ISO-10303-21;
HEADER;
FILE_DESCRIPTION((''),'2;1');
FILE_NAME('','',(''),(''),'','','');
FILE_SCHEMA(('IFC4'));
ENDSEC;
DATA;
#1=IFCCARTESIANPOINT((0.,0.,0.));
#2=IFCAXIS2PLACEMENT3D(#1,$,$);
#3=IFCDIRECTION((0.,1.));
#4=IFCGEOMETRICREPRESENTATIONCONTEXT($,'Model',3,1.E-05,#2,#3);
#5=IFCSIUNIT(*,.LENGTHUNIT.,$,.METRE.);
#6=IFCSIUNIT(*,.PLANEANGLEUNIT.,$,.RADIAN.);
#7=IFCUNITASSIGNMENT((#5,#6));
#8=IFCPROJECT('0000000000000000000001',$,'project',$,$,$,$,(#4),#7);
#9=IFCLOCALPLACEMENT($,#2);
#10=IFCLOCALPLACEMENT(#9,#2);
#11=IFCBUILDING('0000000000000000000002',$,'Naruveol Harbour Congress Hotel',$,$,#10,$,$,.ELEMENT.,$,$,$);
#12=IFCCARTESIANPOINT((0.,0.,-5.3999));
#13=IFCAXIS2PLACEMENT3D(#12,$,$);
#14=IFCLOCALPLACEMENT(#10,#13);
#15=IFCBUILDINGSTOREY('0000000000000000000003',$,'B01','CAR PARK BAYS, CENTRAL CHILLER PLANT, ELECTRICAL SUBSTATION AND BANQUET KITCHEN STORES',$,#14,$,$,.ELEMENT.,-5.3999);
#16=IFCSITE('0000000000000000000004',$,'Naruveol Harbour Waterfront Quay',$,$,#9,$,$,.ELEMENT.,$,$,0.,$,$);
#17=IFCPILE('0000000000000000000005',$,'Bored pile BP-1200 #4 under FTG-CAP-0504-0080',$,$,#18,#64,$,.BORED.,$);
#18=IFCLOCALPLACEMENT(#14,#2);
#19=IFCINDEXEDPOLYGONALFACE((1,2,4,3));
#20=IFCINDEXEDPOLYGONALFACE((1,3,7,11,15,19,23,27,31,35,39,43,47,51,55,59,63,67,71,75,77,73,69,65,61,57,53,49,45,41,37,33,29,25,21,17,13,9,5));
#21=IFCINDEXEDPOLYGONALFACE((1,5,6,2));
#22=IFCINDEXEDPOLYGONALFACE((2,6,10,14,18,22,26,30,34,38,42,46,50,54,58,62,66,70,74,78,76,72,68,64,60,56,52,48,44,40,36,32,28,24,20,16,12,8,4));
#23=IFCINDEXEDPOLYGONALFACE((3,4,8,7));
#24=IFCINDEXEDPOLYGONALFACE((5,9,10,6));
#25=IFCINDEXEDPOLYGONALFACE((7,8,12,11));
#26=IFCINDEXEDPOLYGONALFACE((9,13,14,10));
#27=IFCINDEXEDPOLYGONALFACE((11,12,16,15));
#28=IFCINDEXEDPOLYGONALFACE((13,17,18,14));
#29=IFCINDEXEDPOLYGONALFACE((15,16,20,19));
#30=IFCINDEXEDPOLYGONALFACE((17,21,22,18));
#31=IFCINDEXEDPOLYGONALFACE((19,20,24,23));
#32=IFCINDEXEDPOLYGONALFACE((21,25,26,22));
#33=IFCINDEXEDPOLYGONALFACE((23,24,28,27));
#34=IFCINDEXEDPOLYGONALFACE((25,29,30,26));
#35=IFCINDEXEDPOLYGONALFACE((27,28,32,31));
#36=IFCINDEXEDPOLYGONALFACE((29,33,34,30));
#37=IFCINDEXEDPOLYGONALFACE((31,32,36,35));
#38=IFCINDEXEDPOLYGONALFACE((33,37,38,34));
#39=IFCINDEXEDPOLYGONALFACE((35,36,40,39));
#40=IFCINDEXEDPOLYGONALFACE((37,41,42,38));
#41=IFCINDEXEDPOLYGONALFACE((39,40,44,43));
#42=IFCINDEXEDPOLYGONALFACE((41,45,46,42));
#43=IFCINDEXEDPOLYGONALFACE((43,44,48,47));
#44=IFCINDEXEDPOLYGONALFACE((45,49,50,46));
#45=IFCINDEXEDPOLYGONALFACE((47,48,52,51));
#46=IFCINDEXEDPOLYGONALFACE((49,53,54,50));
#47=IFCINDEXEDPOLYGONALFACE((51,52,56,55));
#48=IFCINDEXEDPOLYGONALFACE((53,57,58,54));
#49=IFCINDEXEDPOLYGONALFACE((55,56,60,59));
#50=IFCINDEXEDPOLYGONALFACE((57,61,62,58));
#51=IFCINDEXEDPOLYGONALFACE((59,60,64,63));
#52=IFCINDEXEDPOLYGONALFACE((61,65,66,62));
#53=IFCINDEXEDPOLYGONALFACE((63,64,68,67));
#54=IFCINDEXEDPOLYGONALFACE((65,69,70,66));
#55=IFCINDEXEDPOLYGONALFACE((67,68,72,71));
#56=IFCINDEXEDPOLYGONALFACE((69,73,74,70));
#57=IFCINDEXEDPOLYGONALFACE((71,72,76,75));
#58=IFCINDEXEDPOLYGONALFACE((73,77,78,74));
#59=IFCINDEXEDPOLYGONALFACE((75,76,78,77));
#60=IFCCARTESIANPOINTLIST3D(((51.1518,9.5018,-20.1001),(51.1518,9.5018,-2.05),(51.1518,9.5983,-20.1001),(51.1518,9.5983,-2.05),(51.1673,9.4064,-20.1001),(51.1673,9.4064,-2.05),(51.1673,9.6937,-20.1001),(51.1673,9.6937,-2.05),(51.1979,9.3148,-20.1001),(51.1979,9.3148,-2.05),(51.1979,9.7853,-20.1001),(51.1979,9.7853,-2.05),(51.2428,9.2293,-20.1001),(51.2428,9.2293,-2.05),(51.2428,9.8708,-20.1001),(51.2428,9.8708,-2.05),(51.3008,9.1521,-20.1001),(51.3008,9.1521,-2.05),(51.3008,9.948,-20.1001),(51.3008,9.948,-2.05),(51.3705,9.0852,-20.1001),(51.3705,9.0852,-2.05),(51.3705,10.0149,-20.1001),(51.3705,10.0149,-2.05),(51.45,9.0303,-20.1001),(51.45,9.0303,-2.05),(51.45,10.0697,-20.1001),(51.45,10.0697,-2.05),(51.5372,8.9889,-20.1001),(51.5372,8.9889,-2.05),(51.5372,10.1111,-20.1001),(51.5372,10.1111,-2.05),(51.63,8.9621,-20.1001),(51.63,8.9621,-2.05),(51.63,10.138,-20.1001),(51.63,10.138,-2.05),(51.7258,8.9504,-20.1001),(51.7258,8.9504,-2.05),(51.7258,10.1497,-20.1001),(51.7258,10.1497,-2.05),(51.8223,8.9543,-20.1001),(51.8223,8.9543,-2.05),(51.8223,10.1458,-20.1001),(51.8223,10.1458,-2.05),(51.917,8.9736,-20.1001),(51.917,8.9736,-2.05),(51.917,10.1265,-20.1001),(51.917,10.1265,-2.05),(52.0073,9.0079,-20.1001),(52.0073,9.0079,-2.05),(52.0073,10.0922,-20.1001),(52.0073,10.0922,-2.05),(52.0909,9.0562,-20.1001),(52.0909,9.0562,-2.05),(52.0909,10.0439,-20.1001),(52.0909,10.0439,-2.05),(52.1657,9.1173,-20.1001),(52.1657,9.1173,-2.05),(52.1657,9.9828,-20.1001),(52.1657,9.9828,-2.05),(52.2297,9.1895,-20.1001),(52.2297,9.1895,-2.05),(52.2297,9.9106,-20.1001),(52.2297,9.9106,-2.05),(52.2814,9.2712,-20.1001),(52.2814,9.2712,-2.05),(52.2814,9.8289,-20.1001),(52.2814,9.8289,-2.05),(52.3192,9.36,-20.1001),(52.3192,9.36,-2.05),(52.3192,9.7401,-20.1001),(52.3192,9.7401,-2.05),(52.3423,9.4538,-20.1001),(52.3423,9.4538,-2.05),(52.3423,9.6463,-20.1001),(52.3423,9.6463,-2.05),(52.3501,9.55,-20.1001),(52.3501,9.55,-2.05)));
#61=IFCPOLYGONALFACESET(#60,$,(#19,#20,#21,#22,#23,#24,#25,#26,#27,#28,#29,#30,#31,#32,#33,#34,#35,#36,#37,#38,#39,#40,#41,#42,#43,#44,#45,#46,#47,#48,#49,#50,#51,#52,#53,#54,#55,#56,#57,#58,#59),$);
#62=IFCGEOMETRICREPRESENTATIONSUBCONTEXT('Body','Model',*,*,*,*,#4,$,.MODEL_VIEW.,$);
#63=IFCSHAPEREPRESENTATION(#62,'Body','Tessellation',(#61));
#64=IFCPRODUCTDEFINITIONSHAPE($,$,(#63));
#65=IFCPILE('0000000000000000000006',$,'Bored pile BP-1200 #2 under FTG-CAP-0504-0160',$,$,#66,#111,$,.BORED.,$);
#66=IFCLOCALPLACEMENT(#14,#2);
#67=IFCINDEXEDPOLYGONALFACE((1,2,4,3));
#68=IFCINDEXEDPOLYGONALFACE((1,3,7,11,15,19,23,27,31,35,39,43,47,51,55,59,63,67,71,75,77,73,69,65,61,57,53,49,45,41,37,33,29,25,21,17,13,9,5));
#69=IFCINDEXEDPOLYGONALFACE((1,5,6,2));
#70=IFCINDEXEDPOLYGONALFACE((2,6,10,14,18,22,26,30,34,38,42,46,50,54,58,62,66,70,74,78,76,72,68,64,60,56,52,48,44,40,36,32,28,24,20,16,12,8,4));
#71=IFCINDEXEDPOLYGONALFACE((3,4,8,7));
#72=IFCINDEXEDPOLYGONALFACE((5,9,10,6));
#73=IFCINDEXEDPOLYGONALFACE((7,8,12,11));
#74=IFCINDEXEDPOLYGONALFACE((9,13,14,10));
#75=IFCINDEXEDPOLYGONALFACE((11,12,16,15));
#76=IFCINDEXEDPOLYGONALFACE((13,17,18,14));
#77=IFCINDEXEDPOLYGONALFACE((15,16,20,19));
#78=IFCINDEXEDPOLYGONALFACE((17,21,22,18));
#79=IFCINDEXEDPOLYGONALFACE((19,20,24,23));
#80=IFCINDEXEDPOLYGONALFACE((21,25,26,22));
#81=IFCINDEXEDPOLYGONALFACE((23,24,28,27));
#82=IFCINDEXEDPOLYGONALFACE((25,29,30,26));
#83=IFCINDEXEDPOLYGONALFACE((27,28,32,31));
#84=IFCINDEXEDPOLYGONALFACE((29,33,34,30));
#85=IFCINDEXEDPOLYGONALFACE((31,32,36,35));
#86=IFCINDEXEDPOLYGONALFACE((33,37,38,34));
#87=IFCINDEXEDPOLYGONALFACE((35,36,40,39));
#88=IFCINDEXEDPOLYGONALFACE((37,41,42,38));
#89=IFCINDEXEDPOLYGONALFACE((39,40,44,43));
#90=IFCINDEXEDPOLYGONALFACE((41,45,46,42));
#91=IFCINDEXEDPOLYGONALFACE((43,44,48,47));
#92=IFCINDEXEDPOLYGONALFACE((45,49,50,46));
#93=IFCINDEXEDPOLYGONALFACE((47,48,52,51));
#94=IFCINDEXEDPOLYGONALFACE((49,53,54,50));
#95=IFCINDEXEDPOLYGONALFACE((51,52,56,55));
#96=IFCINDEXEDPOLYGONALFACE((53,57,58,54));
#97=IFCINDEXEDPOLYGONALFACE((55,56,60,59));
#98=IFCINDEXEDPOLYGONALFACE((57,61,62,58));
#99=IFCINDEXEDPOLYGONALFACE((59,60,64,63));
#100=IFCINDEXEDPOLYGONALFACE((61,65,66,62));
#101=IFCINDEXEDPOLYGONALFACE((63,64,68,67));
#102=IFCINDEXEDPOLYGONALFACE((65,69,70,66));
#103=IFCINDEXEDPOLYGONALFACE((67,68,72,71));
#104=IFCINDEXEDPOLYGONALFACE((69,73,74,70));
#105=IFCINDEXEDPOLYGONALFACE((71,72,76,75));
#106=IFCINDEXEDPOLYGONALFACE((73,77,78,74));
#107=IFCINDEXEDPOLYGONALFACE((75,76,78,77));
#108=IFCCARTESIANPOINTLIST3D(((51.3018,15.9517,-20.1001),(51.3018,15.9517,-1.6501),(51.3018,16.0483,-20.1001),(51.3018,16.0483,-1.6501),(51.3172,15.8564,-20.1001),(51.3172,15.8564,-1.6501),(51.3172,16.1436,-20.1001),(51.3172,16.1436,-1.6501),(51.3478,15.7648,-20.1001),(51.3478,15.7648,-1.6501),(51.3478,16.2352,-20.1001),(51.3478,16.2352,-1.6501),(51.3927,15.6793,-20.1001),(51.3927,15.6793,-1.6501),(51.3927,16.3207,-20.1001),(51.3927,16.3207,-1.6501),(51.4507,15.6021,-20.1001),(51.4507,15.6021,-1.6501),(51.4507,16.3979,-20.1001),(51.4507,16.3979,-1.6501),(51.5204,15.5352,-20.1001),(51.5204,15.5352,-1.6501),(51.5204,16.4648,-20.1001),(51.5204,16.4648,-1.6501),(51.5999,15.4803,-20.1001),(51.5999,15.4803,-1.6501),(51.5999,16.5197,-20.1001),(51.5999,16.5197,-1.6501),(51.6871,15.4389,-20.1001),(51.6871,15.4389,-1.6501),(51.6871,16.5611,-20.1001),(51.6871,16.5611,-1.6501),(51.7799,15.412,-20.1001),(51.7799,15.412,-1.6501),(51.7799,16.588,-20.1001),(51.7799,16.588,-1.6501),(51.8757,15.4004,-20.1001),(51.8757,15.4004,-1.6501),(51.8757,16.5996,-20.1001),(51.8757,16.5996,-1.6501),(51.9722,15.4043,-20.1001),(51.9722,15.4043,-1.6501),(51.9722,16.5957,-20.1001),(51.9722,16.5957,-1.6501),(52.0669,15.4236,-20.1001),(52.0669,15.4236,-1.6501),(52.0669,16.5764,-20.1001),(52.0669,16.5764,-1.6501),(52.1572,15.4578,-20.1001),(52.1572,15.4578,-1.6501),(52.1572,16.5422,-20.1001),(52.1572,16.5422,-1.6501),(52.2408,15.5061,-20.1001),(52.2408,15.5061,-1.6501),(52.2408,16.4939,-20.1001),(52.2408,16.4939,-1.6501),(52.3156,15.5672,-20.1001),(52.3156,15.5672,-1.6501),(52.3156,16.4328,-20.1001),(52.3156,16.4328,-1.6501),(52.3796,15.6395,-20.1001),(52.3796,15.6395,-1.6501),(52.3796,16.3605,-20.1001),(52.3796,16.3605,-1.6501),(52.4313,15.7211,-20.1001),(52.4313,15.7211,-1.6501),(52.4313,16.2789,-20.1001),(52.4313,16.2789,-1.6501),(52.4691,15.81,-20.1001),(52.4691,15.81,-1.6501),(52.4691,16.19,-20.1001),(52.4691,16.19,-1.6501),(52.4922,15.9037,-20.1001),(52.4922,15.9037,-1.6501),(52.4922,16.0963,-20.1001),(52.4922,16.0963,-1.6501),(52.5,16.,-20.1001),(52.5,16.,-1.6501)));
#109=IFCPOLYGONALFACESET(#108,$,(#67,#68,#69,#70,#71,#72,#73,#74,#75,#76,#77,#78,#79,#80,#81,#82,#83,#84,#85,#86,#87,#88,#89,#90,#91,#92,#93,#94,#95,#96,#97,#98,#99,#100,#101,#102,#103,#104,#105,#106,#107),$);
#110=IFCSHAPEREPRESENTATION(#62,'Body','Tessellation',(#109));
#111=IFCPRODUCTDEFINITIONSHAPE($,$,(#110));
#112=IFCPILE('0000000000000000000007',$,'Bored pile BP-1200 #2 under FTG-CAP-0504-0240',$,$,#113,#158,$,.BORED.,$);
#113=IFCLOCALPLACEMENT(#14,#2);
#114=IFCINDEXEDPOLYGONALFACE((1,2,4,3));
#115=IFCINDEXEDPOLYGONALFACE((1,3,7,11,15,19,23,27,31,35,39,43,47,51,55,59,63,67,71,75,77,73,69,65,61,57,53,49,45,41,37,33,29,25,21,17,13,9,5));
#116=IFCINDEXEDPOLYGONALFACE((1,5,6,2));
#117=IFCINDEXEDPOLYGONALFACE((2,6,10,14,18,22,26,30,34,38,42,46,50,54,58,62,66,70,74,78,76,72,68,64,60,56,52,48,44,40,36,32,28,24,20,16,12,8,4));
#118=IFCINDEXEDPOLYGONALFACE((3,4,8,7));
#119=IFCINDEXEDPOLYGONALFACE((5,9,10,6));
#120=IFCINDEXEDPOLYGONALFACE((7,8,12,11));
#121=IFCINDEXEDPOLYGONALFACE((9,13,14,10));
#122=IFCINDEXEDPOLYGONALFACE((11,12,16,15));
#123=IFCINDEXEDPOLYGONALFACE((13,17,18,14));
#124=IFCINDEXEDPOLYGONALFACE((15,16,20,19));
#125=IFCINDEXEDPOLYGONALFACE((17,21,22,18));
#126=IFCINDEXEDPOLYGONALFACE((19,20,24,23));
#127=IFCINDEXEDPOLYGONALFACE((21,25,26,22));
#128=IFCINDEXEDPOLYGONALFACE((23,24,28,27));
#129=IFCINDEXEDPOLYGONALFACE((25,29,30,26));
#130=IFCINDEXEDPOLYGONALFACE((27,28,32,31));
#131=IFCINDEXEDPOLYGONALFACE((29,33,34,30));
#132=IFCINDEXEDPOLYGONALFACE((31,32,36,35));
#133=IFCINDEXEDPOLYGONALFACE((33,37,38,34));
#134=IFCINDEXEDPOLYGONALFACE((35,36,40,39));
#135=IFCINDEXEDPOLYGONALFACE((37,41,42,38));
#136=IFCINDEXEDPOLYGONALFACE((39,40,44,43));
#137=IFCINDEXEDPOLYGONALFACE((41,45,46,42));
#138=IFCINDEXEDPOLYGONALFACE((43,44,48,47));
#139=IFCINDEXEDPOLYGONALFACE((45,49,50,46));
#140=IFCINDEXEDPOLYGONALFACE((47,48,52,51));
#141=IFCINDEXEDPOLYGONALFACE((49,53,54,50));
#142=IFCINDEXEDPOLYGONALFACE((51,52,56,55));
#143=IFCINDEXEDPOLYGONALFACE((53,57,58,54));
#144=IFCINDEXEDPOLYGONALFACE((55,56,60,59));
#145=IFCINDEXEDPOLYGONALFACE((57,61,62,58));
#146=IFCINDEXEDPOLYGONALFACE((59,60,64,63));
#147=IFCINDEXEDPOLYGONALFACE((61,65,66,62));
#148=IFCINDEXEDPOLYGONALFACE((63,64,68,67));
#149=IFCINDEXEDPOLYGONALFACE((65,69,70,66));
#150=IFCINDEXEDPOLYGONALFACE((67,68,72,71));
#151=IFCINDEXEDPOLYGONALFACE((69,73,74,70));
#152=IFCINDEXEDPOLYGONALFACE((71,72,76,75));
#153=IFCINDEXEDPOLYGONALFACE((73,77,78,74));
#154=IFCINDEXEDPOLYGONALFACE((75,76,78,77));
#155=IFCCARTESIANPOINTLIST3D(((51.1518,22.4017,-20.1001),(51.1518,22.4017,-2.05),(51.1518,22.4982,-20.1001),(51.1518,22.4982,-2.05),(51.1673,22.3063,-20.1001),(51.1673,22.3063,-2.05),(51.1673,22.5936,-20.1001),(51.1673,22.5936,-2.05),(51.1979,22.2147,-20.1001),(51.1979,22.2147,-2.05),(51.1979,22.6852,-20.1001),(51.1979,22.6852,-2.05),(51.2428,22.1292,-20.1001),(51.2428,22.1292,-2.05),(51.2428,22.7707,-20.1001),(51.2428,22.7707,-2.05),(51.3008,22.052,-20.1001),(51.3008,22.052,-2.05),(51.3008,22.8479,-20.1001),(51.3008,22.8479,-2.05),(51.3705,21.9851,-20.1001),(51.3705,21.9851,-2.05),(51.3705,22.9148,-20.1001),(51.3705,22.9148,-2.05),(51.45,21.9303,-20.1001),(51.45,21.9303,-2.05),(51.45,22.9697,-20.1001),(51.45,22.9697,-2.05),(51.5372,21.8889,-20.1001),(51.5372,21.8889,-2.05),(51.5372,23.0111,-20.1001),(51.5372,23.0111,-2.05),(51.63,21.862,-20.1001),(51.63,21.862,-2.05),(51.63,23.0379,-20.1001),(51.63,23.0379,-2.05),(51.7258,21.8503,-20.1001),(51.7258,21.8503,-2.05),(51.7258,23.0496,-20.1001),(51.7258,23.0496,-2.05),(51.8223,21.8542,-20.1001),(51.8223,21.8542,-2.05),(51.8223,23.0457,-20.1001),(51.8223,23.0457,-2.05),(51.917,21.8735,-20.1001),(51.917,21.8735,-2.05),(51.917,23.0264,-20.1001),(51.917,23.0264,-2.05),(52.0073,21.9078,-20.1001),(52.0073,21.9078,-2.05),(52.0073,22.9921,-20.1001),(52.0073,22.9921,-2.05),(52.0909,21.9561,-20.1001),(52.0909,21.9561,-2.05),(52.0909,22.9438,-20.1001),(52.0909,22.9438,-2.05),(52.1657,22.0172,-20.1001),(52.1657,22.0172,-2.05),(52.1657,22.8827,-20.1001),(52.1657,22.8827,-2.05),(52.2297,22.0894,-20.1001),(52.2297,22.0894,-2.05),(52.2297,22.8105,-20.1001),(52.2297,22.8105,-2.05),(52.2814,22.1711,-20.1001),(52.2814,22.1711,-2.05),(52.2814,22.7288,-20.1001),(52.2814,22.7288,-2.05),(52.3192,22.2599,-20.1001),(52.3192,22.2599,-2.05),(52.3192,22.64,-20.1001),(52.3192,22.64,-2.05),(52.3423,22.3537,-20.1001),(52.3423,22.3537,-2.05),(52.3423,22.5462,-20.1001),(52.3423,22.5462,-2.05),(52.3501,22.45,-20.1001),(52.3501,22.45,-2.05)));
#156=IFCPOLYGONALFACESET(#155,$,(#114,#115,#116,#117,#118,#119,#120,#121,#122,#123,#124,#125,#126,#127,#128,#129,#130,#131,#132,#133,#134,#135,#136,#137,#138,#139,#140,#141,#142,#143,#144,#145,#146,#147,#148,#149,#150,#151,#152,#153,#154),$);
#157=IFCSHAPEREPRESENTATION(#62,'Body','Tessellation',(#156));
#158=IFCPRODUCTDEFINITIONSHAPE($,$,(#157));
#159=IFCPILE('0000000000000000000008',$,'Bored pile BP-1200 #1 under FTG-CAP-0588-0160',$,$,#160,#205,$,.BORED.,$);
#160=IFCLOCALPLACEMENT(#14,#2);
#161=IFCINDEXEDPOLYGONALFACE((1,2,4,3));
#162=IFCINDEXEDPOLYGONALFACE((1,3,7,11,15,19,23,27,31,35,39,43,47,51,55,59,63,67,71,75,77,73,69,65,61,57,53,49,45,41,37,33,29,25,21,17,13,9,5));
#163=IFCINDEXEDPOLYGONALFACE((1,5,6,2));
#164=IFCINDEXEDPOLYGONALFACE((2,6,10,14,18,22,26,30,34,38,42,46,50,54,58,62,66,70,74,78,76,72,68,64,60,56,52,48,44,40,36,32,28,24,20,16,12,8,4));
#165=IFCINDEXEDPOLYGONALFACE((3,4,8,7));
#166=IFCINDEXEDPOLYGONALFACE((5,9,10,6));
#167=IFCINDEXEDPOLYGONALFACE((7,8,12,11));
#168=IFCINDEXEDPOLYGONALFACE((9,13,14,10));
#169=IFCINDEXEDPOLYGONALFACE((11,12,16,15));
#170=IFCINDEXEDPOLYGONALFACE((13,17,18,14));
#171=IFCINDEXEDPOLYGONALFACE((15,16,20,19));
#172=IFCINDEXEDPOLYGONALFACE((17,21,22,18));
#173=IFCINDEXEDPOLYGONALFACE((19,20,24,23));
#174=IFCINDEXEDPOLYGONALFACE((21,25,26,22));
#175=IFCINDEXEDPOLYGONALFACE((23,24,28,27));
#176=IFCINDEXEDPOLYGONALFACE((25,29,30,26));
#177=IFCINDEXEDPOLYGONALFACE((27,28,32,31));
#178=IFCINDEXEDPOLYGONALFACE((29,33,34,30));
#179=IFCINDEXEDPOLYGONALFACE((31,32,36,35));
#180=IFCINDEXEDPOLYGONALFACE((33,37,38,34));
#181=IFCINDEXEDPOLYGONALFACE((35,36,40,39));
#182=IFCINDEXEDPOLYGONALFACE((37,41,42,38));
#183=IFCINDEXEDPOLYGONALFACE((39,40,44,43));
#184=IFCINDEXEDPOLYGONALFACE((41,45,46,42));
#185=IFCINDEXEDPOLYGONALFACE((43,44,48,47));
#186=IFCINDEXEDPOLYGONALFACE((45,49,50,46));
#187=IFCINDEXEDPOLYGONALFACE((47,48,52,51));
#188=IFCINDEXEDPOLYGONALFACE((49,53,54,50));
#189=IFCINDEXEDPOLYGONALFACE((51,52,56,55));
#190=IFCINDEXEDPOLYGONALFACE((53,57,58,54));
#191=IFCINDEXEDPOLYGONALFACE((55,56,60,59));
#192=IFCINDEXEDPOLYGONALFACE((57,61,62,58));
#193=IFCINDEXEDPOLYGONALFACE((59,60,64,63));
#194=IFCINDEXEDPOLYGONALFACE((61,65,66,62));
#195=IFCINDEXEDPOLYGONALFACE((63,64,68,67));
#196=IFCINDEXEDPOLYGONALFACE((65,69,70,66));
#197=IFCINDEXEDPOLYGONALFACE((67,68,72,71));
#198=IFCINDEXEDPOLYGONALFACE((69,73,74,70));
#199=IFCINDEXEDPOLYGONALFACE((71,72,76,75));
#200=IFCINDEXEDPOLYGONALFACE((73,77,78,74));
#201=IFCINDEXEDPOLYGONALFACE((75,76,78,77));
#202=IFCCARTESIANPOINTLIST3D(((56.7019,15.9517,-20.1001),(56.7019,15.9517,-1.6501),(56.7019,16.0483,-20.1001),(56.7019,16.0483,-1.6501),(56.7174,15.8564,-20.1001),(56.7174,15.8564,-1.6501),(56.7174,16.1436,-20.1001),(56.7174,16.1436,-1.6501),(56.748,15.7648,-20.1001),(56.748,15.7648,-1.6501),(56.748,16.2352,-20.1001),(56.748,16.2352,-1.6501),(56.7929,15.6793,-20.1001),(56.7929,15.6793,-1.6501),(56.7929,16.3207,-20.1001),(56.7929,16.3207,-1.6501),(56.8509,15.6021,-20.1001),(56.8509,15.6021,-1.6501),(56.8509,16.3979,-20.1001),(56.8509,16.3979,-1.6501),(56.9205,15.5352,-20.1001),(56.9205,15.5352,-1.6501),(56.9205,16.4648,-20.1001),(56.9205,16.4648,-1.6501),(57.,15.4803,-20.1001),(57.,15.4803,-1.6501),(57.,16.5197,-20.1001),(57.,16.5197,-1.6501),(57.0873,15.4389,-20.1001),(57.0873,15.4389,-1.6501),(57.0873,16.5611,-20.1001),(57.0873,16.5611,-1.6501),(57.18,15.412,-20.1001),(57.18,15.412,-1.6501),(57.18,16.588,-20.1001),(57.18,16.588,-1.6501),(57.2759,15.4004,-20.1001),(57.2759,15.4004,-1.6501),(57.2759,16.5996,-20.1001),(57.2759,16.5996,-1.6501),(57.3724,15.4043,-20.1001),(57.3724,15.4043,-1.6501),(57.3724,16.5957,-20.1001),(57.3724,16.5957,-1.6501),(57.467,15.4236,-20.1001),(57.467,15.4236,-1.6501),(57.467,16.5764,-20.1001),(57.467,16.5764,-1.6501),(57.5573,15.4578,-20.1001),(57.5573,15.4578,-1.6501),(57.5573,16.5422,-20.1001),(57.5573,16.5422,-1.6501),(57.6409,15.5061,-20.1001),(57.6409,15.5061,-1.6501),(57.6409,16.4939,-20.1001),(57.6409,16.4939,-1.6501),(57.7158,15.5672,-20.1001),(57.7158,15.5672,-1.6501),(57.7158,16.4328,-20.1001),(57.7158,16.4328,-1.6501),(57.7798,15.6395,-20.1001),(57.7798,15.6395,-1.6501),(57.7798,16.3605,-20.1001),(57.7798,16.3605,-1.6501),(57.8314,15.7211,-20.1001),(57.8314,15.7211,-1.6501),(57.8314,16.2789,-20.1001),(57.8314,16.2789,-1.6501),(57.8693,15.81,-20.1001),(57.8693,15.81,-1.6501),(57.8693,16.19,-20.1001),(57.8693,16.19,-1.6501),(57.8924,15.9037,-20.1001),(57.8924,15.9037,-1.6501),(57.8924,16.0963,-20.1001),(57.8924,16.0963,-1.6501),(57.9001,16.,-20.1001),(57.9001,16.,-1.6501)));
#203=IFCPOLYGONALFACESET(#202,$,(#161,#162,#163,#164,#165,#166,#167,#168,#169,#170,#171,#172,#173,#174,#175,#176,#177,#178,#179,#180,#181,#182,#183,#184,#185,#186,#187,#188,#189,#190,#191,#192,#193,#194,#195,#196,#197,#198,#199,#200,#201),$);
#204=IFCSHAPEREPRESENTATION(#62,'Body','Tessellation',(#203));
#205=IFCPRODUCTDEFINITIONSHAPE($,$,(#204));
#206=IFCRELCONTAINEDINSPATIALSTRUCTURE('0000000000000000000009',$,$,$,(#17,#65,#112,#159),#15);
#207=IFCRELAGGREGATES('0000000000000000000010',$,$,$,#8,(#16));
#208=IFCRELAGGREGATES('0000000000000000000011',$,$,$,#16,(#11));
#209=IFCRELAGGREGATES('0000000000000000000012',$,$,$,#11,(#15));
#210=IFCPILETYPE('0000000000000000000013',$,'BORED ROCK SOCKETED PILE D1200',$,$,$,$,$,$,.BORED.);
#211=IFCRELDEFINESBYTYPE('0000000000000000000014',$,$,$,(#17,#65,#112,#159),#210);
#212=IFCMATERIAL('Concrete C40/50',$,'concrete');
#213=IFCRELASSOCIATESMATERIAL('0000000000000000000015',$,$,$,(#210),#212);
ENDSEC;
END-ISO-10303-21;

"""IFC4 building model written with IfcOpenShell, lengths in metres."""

from ifc_helpers import new_model, si_unit, direction, frame, origin, origin_2d, place, context, subcontext, project, spatial, circle, extrude, material, material_profile, profile_set, type_object, element, save


model = new_model("IFC4")

# Units and contexts
model_context = context("Model", 3, precision=1e-05, world=origin(), true_north=direction((0.0, 1.0)))
body_context = subcontext(model_context, "Body", "Model", "MODEL_VIEW")
ifc_project = project(units=[si_unit("LENGTHUNIT", "METRE"), si_unit("PLANEANGLEUNIT", "RADIAN")], contexts=[model_context])

# Site, building, storey
site_placement = place(None, origin())
site = spatial("IfcSite", under=ifc_project, at=site_placement, Name="Naruveol Harbour Waterfront Quay", CompositionType="ELEMENT", RefElevation=0.0)
building_placement = place(site_placement, origin())
building = spatial("IfcBuilding", under=site, at=building_placement, Name="Naruveol Harbour Congress Hotel", CompositionType="ELEMENT")
storey_placement = place(building_placement, frame((0.0, 0.0, -5.3999)))
storey = spatial("IfcBuildingStorey", under=building, at=storey_placement, Name="B01", Description="CAR PARK BAYS, CENTRAL CHILLER PLANT, ELECTRICAL SUBSTATION AND BANQUET KITCHEN STORES", CompositionType="ELEMENT", Elevation=-5.3999)

# Piles
ifc_material_1 = material(Name="Concrete C40/50", Category="concrete")
ifc_material_profile_1 = material_profile(ifc_material_1, circle(Radius=0.6001, at=origin_2d()), Name="BP-1200")
ifc_profile_set_1 = profile_set([ifc_material_profile_1], Name="Concrete C40/50")
pile_type = type_object("IfcPileType", Name="BORED ROCK SOCKETED PILE D1200", PredefinedType="BORED", material=ifc_profile_set_1)
pile_1_placement = place(storey_placement, frame((51.75, 9.55, -2.05), z_axis=(0.0, 0.0, -1.0), x_axis=(1.0, 0.0, 0.0)))
element("IfcPile", 1, at=pile_1_placement, inside=storey, type_object=pile_type, Name="Bored pile BP-1200 #4 under FTG-CAP-0504-0080", PredefinedType="BORED", context=body_context, shape_type="SweptSolid", body=[
    extrude(circle(Radius=0.6001, at=origin_2d()), origin(), (0.0, 0.0, 1.0), 18.05),
])
pile_2_placement = place(storey_placement, frame((51.8999, 16.0, -1.6501), z_axis=(0.0, 0.0, -1.0), x_axis=(1.0, 0.0, 0.0)))
element("IfcPile", 2, at=pile_2_placement, inside=storey, type_object=pile_type, Name="Bored pile BP-1200 #2 under FTG-CAP-0504-0160", PredefinedType="BORED", context=body_context, shape_type="SweptSolid", body=[
    extrude(circle(Radius=0.6001, at=origin_2d()), origin(), (0.0, 0.0, 1.0), 18.45),
])
pile_3_placement = place(storey_placement, frame((51.75, 22.45, -2.05), z_axis=(0.0, 0.0, -1.0), x_axis=(1.0, 0.0, 0.0)))
element("IfcPile", 3, at=pile_3_placement, inside=storey, type_object=pile_type, Name="Bored pile BP-1200 #2 under FTG-CAP-0504-0240", PredefinedType="BORED", context=body_context, shape_type="SweptSolid", body=[
    extrude(circle(Radius=0.6001, at=origin_2d()), origin(), (0.0, 0.0, 1.0), 18.05),
])
pile_4_placement = place(storey_placement, frame((57.3, 16.0, -1.6501), z_axis=(0.0, 0.0, -1.0), x_axis=(1.0, 0.0, 0.0)))
element("IfcPile", 4, at=pile_4_placement, inside=storey, type_object=pile_type, Name="Bored pile BP-1200 #1 under FTG-CAP-0588-0160", PredefinedType="BORED", context=body_context, shape_type="SweptSolid", body=[
    extrude(circle(Radius=0.6001, at=origin_2d()), origin(), (0.0, 0.0, 1.0), 18.45),
])

save(model, "model.ifc")
